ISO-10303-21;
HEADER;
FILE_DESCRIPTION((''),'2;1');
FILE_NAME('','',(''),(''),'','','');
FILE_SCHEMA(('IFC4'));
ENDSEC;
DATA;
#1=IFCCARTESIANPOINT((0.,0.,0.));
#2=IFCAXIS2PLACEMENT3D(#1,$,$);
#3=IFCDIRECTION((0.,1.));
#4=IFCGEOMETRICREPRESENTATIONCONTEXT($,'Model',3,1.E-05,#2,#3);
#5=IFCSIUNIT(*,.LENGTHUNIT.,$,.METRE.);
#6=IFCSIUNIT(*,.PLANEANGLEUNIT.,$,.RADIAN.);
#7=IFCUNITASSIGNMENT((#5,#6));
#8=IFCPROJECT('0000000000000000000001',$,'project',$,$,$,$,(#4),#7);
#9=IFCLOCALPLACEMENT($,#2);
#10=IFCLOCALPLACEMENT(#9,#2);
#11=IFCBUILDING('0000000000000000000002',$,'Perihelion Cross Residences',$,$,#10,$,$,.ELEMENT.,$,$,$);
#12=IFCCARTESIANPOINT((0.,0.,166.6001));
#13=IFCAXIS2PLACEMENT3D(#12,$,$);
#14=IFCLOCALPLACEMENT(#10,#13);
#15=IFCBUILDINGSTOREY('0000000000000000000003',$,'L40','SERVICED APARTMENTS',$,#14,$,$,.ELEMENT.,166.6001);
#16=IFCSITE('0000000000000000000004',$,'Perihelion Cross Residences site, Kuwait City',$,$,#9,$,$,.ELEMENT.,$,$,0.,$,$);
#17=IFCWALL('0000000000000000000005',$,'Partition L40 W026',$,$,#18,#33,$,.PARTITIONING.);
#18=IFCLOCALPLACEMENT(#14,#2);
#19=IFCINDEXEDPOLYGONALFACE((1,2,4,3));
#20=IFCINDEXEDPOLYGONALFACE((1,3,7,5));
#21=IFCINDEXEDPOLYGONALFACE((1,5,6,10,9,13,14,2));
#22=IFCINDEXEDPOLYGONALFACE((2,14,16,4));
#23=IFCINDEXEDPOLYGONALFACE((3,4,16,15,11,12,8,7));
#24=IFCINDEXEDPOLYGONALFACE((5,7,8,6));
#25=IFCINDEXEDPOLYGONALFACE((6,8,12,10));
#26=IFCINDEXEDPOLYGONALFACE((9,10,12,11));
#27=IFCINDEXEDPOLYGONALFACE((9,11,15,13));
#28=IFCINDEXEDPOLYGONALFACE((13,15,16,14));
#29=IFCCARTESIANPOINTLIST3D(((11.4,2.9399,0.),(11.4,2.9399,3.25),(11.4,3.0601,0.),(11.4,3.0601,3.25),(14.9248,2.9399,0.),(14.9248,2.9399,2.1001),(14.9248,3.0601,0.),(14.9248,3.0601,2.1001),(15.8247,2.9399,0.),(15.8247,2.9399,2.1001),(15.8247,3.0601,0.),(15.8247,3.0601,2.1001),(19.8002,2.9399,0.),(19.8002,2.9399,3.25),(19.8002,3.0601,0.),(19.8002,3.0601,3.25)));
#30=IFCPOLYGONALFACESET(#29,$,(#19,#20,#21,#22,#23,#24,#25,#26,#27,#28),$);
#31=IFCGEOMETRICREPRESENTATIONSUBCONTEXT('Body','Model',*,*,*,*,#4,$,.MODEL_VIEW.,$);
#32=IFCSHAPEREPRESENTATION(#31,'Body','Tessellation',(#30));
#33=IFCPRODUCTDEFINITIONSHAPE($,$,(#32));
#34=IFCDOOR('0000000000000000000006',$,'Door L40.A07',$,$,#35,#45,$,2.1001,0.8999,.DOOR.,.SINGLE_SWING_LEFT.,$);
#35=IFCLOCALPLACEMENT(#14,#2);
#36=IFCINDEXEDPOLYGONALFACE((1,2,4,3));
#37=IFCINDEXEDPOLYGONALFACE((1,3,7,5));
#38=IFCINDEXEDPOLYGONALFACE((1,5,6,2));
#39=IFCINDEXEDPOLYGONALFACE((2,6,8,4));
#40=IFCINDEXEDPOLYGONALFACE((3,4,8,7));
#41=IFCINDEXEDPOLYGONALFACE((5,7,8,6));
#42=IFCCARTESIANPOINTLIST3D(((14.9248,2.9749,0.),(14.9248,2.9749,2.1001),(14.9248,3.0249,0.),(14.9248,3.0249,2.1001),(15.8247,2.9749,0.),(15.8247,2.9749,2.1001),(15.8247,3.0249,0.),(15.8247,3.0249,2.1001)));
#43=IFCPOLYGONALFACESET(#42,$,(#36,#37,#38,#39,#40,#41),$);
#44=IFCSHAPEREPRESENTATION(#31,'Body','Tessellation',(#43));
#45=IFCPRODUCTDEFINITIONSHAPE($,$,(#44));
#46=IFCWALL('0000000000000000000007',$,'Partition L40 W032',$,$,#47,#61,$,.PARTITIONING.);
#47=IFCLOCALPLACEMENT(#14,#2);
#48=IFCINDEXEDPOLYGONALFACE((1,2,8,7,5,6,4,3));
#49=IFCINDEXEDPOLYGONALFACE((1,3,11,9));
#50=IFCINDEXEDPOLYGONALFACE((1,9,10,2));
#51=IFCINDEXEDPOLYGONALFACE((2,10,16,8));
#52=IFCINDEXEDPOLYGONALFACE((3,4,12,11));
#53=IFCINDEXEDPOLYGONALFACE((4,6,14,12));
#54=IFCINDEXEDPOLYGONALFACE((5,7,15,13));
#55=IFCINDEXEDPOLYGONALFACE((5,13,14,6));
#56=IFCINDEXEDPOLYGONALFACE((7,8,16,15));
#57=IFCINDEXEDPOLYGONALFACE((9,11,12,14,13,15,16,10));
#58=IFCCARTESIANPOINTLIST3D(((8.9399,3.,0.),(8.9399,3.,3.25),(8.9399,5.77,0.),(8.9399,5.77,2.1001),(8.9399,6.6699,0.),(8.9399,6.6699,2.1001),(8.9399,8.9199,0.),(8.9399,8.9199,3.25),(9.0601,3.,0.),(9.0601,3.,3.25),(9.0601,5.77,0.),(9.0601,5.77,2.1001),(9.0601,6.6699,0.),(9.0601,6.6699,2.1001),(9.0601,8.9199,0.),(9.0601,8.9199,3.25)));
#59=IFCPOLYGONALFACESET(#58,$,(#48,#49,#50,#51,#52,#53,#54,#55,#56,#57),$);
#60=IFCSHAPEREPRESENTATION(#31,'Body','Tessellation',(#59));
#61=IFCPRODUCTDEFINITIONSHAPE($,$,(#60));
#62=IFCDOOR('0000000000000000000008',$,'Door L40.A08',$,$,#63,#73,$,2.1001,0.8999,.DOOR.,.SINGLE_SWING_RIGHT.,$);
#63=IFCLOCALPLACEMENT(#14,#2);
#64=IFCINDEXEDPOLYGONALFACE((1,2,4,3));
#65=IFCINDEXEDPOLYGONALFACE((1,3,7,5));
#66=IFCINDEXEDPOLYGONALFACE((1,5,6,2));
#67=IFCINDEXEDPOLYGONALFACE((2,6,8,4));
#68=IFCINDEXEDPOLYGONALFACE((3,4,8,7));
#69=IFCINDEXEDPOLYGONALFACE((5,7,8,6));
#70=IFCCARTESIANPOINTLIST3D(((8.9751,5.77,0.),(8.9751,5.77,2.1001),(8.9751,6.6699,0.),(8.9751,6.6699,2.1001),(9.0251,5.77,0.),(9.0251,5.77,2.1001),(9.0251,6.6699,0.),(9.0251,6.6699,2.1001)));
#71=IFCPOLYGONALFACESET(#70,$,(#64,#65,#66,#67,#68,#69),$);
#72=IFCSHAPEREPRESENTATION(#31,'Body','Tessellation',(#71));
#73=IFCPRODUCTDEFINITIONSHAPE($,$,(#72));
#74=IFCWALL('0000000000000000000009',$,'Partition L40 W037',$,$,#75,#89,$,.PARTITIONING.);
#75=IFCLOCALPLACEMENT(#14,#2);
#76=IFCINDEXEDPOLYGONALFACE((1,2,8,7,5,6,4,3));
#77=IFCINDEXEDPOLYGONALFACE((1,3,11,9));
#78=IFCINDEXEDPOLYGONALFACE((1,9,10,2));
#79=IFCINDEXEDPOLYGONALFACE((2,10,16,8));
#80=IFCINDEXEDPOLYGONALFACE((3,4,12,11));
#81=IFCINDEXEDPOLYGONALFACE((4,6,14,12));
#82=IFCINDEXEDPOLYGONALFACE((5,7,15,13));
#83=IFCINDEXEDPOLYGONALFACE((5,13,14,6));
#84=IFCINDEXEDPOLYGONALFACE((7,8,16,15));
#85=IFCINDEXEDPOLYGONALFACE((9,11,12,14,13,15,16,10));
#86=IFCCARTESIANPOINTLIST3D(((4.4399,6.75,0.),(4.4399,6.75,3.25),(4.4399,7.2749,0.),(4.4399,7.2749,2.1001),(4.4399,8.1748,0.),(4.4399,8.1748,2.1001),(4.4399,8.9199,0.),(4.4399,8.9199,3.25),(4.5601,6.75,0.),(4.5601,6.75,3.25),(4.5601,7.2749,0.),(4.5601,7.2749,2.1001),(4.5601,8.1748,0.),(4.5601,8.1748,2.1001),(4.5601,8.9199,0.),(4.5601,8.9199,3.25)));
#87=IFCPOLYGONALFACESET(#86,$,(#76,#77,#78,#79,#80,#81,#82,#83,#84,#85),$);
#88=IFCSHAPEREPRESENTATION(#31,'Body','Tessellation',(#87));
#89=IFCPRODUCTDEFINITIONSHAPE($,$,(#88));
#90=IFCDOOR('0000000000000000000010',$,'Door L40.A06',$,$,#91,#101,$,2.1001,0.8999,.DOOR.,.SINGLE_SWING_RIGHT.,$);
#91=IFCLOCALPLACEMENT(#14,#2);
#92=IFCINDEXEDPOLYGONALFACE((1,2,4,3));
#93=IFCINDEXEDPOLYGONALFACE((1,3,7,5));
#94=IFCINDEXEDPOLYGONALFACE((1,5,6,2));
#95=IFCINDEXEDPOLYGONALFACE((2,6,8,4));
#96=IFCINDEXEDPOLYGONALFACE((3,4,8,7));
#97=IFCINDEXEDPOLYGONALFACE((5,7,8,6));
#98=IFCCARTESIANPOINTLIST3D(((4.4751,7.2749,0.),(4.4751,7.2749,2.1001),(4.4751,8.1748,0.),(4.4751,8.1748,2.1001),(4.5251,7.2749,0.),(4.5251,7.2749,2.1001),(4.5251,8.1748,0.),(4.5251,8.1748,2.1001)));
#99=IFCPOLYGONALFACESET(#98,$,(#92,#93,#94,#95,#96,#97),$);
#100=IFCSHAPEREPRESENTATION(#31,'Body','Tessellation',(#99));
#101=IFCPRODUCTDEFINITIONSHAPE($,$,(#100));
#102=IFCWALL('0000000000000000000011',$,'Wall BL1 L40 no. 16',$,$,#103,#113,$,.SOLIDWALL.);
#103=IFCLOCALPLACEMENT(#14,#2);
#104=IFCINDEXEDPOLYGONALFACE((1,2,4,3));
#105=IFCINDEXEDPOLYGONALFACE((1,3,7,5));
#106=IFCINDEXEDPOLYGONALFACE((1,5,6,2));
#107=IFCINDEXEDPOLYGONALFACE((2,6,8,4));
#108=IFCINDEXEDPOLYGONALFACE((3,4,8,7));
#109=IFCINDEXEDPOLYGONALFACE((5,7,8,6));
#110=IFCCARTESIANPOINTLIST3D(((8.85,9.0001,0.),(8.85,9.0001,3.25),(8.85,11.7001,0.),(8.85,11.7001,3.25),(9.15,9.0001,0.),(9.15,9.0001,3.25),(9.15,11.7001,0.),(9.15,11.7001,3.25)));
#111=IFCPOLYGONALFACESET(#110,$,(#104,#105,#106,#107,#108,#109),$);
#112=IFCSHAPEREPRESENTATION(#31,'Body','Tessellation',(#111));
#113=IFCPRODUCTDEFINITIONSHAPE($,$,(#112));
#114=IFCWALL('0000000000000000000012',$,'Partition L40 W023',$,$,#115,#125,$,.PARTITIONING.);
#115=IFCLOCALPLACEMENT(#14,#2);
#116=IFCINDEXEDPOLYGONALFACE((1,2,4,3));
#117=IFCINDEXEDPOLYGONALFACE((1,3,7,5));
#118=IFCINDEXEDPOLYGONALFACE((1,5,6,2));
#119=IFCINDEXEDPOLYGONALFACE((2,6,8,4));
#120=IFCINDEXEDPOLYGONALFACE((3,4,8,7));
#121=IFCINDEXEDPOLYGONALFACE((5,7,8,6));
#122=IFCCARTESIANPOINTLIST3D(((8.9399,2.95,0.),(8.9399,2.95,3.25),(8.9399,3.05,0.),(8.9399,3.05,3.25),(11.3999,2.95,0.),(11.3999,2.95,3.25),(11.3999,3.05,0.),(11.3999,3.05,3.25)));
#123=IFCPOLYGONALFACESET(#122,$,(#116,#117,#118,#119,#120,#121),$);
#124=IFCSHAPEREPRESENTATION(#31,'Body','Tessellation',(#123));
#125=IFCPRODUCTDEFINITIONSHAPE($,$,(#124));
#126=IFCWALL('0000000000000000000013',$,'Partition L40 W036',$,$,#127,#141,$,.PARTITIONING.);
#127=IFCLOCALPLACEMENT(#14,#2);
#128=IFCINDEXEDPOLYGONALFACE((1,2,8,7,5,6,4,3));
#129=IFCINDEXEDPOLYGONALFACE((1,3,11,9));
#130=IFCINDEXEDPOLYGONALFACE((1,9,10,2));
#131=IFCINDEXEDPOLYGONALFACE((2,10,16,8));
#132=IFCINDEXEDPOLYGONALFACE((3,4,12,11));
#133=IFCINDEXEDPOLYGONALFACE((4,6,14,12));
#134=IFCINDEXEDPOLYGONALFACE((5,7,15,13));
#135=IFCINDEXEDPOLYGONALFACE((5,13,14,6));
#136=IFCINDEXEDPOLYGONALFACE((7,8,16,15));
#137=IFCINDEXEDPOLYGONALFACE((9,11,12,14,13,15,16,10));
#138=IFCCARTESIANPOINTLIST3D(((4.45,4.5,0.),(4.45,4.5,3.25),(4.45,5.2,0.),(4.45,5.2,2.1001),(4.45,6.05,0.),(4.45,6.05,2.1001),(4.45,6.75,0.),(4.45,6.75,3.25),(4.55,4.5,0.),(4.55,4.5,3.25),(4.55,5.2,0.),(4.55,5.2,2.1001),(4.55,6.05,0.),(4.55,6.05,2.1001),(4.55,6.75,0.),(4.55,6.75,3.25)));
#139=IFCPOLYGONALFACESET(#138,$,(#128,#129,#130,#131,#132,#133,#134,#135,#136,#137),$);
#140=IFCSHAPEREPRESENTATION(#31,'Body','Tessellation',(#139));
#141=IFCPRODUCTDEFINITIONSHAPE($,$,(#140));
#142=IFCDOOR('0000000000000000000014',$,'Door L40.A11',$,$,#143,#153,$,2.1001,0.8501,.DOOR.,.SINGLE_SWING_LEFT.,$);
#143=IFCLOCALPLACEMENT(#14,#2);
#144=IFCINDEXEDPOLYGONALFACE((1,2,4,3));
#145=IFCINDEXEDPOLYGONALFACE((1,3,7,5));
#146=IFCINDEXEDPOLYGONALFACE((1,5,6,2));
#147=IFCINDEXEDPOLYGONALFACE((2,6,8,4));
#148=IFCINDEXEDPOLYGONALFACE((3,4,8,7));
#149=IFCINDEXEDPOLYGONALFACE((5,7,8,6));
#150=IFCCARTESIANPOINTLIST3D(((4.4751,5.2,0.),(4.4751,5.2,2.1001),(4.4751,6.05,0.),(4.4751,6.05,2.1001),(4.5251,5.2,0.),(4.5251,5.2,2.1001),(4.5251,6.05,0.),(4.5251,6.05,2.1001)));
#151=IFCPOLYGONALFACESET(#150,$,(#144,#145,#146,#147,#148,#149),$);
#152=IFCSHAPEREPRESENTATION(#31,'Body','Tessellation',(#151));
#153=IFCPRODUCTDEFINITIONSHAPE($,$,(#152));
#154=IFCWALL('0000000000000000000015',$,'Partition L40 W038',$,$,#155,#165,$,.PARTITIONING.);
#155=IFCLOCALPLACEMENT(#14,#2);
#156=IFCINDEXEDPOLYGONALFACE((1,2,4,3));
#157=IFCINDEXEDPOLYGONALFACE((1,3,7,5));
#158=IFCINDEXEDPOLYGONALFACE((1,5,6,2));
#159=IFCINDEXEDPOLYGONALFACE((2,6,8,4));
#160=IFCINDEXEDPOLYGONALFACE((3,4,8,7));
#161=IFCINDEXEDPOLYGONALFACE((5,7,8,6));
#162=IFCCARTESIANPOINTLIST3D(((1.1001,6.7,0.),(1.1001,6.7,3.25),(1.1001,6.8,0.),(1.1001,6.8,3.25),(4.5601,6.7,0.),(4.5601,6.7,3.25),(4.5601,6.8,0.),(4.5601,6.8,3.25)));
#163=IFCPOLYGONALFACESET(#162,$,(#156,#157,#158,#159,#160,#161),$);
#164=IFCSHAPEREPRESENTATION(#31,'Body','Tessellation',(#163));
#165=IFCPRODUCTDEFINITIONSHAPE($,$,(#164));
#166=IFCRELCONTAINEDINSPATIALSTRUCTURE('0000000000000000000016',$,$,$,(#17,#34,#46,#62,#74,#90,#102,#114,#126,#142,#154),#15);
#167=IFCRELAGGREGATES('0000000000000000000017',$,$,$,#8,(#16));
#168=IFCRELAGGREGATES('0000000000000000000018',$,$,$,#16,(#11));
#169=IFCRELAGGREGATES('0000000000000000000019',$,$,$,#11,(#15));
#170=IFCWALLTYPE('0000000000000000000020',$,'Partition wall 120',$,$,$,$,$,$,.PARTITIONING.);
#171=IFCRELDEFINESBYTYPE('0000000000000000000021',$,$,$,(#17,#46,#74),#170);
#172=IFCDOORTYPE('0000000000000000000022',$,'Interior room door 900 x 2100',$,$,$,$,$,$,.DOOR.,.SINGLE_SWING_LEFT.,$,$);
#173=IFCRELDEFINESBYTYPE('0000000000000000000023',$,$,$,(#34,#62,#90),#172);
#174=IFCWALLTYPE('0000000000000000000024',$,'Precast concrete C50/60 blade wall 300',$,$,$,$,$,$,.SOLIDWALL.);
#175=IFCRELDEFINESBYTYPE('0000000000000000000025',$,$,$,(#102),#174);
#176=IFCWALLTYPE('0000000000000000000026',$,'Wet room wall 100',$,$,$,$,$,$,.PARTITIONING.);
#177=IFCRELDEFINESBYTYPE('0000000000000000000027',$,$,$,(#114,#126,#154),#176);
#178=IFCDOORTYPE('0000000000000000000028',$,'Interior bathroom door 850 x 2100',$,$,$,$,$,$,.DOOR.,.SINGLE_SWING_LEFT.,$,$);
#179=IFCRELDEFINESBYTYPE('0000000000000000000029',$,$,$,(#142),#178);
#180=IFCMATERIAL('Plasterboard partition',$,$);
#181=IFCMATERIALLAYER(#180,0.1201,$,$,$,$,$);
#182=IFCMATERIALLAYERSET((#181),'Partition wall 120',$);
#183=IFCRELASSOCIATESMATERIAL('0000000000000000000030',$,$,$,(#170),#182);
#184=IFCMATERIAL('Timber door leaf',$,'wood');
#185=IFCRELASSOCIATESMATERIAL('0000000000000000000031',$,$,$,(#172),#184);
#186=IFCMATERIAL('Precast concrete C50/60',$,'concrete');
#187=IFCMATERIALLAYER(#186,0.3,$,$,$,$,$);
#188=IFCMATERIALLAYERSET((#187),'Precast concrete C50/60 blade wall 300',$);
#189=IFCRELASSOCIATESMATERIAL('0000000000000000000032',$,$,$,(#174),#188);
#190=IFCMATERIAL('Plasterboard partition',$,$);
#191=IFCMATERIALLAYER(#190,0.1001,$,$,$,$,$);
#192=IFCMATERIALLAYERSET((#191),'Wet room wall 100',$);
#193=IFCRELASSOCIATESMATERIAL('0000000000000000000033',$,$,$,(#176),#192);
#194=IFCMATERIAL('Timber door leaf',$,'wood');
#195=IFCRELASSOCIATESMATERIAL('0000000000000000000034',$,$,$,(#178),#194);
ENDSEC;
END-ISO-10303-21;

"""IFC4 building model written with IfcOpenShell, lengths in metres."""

from ifc_helpers import new_model, si_unit, direction, frame, frame_2d, origin, place, context, subcontext, project, spatial, rectangle, extrude, material, layer, layer_set, type_object, element, fill, save


model = new_model("IFC4")

# Units and contexts
model_context = context("Model", 3, precision=1e-05, world=origin(), true_north=direction((0.0, 1.0)))
body_context = subcontext(model_context, "Body", "Model", "MODEL_VIEW")
ifc_project = project(units=[si_unit("LENGTHUNIT", "METRE"), si_unit("PLANEANGLEUNIT", "RADIAN")], contexts=[model_context])

# Site, building, storey
site_placement = place(None, origin())
site = spatial("IfcSite", under=ifc_project, at=site_placement, Name="Perihelion Cross Residences site, Kuwait City", CompositionType="ELEMENT", RefElevation=0.0)
building_placement = place(site_placement, origin())
building = spatial("IfcBuilding", under=site, at=building_placement, Name="Perihelion Cross Residences", CompositionType="ELEMENT")
storey_placement = place(building_placement, frame((0.0, 0.0, 166.6001)))
storey = spatial("IfcBuildingStorey", under=building, at=storey_placement, Name="L40", Description="SERVICED APARTMENTS", CompositionType="ELEMENT", Elevation=166.6001)

# Walls, openings, doors
ifc_material_1 = material(Name="Plasterboard partition")
ifc_layer_1 = layer(ifc_material_1, 0.1201)
ifc_layer_set_1 = layer_set([ifc_layer_1], Name="Partition wall 120")
wall_type_1 = type_object("IfcWallType", Name="Partition wall 120", PredefinedType="PARTITIONING", material=ifc_layer_set_1)
wall_1_placement = place(storey_placement, frame((11.3999, 3.0, 0.0), z_axis=(0.0, 0.0, 1.0), x_axis=(1.0, 0.0, 0.0)))
wall_1 = element("IfcWall", 1, at=wall_1_placement, inside=storey, type_object=wall_type_1, Name="Partition L40 W026", PredefinedType="PARTITIONING", context=body_context, shape_type="SweptSolid", body=[
    extrude(rectangle(XDim=8.4001, YDim=0.1201, at=frame_2d((4.2002, 0.0))), origin(), (0.0, 0.0, 1.0), 3.25),
])
opening_1_placement = place(wall_1_placement, frame((3.5249, 0.0, 0.0)))
opening_1 = element("IfcOpeningElement", 2, at=opening_1_placement, cuts=wall_1, PredefinedType="OPENING", context=body_context, shape_type="SweptSolid", body=[
    extrude(rectangle(XDim=0.8999, YDim=2.1001, at=frame_2d((0.45, 1.05))), frame((0.0, 0.0701, 0.0), z_axis=(0.0, -1.0, 0.0), x_axis=(1.0, 0.0, 0.0)), (0.0, 0.0, 1.0), 0.1401),
])
ifc_material_2 = material(Name="Timber door leaf", Category="wood")
door_type_1 = type_object("IfcDoorType", Name="Interior room door 900 x 2100", OperationType="SINGLE_SWING_LEFT", PredefinedType="DOOR", material=ifc_material_2)
door_1_placement = place(opening_1_placement, origin())
door_1 = element("IfcDoor", 3, at=door_1_placement, inside=storey, type_object=door_type_1, Name="Door L40.A07", OperationType="SINGLE_SWING_LEFT", OverallHeight=2.1001, OverallWidth=0.8999, PredefinedType="DOOR", context=body_context, shape_type="SweptSolid", body=[
    extrude(rectangle(XDim=0.8999, YDim=2.1001, at=frame_2d((0.45, 1.05))), frame((0.0, 0.0249, 0.0), z_axis=(0.0, -1.0, 0.0), x_axis=(1.0, 0.0, 0.0)), (0.0, 0.0, 1.0), 0.05),
])
fill(opening_1, door_1)
wall_2_placement = place(storey_placement, frame((9.0, 3.0, 0.0), z_axis=(0.0, 0.0, 1.0), x_axis=(0.0, 1.0, 0.0)))
wall_2 = element("IfcWall", 4, at=wall_2_placement, inside=storey, type_object=wall_type_1, Name="Partition L40 W032", PredefinedType="PARTITIONING", context=body_context, shape_type="SweptSolid", body=[
    extrude(rectangle(XDim=5.9199, YDim=0.1201, at=frame_2d((2.96, 0.0))), origin(), (0.0, 0.0, 1.0), 3.25),
])
opening_2_placement = place(wall_2_placement, frame((2.77, 0.0, 0.0)))
opening_2 = element("IfcOpeningElement", 5, at=opening_2_placement, cuts=wall_2, PredefinedType="OPENING", context=body_context, shape_type="SweptSolid", body=[
    extrude(rectangle(XDim=0.8999, YDim=2.1001, at=frame_2d((0.45, 1.05))), frame((0.0, 0.0701, 0.0), z_axis=(0.0, -1.0, 0.0), x_axis=(1.0, 0.0, 0.0)), (0.0, 0.0, 1.0), 0.1401),
])
door_2_placement = place(opening_2_placement, origin())
door_2 = element("IfcDoor", 6, at=door_2_placement, inside=storey, type_object=door_type_1, Name="Door L40.A08", OperationType="SINGLE_SWING_RIGHT", OverallHeight=2.1001, OverallWidth=0.8999, PredefinedType="DOOR", context=body_context, shape_type="SweptSolid", body=[
    extrude(rectangle(XDim=0.8999, YDim=2.1001, at=frame_2d((0.45, 1.05))), frame((0.0, 0.0249, 0.0), z_axis=(0.0, -1.0, 0.0), x_axis=(1.0, 0.0, 0.0)), (0.0, 0.0, 1.0), 0.05),
])
fill(opening_2, door_2)
wall_3_placement = place(storey_placement, frame((4.5, 6.75, 0.0), z_axis=(0.0, 0.0, 1.0), x_axis=(0.0, 1.0, 0.0)))
wall_3 = element("IfcWall", 7, at=wall_3_placement, inside=storey, type_object=wall_type_1, Name="Partition L40 W037", PredefinedType="PARTITIONING", context=body_context, shape_type="SweptSolid", body=[
    extrude(rectangle(XDim=2.1699, YDim=0.1201, at=frame_2d((1.085, 0.0))), origin(), (0.0, 0.0, 1.0), 3.25),
])
opening_3_placement = place(wall_3_placement, frame((0.5249, 0.0, 0.0)))
opening_3 = element("IfcOpeningElement", 8, at=opening_3_placement, cuts=wall_3, PredefinedType="OPENING", context=body_context, shape_type="SweptSolid", body=[
    extrude(rectangle(XDim=0.8999, YDim=2.1001, at=frame_2d((0.45, 1.05))), frame((0.0, 0.0701, 0.0), z_axis=(0.0, -1.0, 0.0), x_axis=(1.0, 0.0, 0.0)), (0.0, 0.0, 1.0), 0.1401),
])
door_3_placement = place(opening_3_placement, origin())
door_3 = element("IfcDoor", 9, at=door_3_placement, inside=storey, type_object=door_type_1, Name="Door L40.A06", OperationType="SINGLE_SWING_RIGHT", OverallHeight=2.1001, OverallWidth=0.8999, PredefinedType="DOOR", context=body_context, shape_type="SweptSolid", body=[
    extrude(rectangle(XDim=0.8999, YDim=2.1001, at=frame_2d((0.45, 1.05))), frame((0.0, 0.0249, 0.0), z_axis=(0.0, -1.0, 0.0), x_axis=(1.0, 0.0, 0.0)), (0.0, 0.0, 1.0), 0.05),
])
fill(opening_3, door_3)

# Walls
ifc_material_3 = material(Name="Precast concrete C50/60", Category="concrete")
ifc_layer_2 = layer(ifc_material_3, 0.3)
ifc_layer_set_2 = layer_set([ifc_layer_2], Name="Precast concrete C50/60 blade wall 300")
wall_type_2 = type_object("IfcWallType", Name="Precast concrete C50/60 blade wall 300", PredefinedType="SOLIDWALL", material=ifc_layer_set_2)
wall_4_placement = place(storey_placement, frame((9.0, 9.0, 0.0), z_axis=(0.0, 0.0, 1.0), x_axis=(0.0, 1.0, 0.0)))
element("IfcWall", 10, at=wall_4_placement, inside=storey, type_object=wall_type_2, Name="Wall BL1 L40 no. 16", PredefinedType="SOLIDWALL", context=body_context, shape_type="SweptSolid", body=[
    extrude(rectangle(XDim=2.7, YDim=0.3, at=frame_2d((1.3501, 0.0))), origin(), (0.0, 0.0, 1.0), 3.25),
])
ifc_material_4 = material(Name="Plasterboard partition")
ifc_layer_3 = layer(ifc_material_4, 0.1001)
ifc_layer_set_3 = layer_set([ifc_layer_3], Name="Wet room wall 100")
wall_type_3 = type_object("IfcWallType", Name="Wet room wall 100", PredefinedType="PARTITIONING", material=ifc_layer_set_3)
wall_5_placement = place(storey_placement, frame((8.9399, 3.0, 0.0), z_axis=(0.0, 0.0, 1.0), x_axis=(1.0, 0.0, 0.0)))
element("IfcWall", 11, at=wall_5_placement, inside=storey, type_object=wall_type_3, Name="Partition L40 W023", PredefinedType="PARTITIONING", context=body_context, shape_type="SweptSolid", body=[
    extrude(rectangle(XDim=2.46, YDim=0.1001, at=frame_2d((1.23, 0.0))), origin(), (0.0, 0.0, 1.0), 3.25),
])

# Wall, opening, door
wall_6_placement = place(storey_placement, frame((4.5, 4.5, 0.0), z_axis=(0.0, 0.0, 1.0), x_axis=(0.0, 1.0, 0.0)))
wall_6 = element("IfcWall", 12, at=wall_6_placement, inside=storey, type_object=wall_type_3, Name="Partition L40 W036", PredefinedType="PARTITIONING", context=body_context, shape_type="SweptSolid", body=[
    extrude(rectangle(XDim=2.25, YDim=0.1001, at=frame_2d((1.125, 0.0))), origin(), (0.0, 0.0, 1.0), 3.25),
])
opening_4_placement = place(wall_6_placement, frame((0.7, 0.0, 0.0)))
opening_4 = element("IfcOpeningElement", 13, at=opening_4_placement, cuts=wall_6, PredefinedType="OPENING", context=body_context, shape_type="SweptSolid", body=[
    extrude(rectangle(XDim=0.8501, YDim=2.1001, at=frame_2d((0.425, 1.05))), frame((0.0, 0.0601, 0.0), z_axis=(0.0, -1.0, 0.0), x_axis=(1.0, 0.0, 0.0)), (0.0, 0.0, 1.0), 0.1201),
])
ifc_material_5 = material(Name="Timber door leaf", Category="wood")
door_type_2 = type_object("IfcDoorType", Name="Interior bathroom door 850 x 2100", OperationType="SINGLE_SWING_LEFT", PredefinedType="DOOR", material=ifc_material_5)
door_4_placement = place(opening_4_placement, origin())
door_4 = element("IfcDoor", 14, at=door_4_placement, inside=storey, type_object=door_type_2, Name="Door L40.A11", OperationType="SINGLE_SWING_LEFT", OverallHeight=2.1001, OverallWidth=0.8501, PredefinedType="DOOR", context=body_context, shape_type="SweptSolid", body=[
    extrude(rectangle(XDim=0.8501, YDim=2.1001, at=frame_2d((0.425, 1.05))), frame((0.0, 0.0249, 0.0), z_axis=(0.0, -1.0, 0.0), x_axis=(1.0, 0.0, 0.0)), (0.0, 0.0, 1.0), 0.05),
])
fill(opening_4, door_4)

# Wall
wall_7_placement = place(storey_placement, frame((1.1001, 6.75, 0.0), z_axis=(0.0, 0.0, 1.0), x_axis=(1.0, 0.0, 0.0)))
element("IfcWall", 15, at=wall_7_placement, inside=storey, type_object=wall_type_3, Name="Partition L40 W038", PredefinedType="PARTITIONING", context=body_context, shape_type="SweptSolid", body=[
    extrude(rectangle(XDim=3.46, YDim=0.1001, at=frame_2d((1.73, 0.0))), origin(), (0.0, 0.0, 1.0), 3.25),
])

save(model, "model.ifc")
